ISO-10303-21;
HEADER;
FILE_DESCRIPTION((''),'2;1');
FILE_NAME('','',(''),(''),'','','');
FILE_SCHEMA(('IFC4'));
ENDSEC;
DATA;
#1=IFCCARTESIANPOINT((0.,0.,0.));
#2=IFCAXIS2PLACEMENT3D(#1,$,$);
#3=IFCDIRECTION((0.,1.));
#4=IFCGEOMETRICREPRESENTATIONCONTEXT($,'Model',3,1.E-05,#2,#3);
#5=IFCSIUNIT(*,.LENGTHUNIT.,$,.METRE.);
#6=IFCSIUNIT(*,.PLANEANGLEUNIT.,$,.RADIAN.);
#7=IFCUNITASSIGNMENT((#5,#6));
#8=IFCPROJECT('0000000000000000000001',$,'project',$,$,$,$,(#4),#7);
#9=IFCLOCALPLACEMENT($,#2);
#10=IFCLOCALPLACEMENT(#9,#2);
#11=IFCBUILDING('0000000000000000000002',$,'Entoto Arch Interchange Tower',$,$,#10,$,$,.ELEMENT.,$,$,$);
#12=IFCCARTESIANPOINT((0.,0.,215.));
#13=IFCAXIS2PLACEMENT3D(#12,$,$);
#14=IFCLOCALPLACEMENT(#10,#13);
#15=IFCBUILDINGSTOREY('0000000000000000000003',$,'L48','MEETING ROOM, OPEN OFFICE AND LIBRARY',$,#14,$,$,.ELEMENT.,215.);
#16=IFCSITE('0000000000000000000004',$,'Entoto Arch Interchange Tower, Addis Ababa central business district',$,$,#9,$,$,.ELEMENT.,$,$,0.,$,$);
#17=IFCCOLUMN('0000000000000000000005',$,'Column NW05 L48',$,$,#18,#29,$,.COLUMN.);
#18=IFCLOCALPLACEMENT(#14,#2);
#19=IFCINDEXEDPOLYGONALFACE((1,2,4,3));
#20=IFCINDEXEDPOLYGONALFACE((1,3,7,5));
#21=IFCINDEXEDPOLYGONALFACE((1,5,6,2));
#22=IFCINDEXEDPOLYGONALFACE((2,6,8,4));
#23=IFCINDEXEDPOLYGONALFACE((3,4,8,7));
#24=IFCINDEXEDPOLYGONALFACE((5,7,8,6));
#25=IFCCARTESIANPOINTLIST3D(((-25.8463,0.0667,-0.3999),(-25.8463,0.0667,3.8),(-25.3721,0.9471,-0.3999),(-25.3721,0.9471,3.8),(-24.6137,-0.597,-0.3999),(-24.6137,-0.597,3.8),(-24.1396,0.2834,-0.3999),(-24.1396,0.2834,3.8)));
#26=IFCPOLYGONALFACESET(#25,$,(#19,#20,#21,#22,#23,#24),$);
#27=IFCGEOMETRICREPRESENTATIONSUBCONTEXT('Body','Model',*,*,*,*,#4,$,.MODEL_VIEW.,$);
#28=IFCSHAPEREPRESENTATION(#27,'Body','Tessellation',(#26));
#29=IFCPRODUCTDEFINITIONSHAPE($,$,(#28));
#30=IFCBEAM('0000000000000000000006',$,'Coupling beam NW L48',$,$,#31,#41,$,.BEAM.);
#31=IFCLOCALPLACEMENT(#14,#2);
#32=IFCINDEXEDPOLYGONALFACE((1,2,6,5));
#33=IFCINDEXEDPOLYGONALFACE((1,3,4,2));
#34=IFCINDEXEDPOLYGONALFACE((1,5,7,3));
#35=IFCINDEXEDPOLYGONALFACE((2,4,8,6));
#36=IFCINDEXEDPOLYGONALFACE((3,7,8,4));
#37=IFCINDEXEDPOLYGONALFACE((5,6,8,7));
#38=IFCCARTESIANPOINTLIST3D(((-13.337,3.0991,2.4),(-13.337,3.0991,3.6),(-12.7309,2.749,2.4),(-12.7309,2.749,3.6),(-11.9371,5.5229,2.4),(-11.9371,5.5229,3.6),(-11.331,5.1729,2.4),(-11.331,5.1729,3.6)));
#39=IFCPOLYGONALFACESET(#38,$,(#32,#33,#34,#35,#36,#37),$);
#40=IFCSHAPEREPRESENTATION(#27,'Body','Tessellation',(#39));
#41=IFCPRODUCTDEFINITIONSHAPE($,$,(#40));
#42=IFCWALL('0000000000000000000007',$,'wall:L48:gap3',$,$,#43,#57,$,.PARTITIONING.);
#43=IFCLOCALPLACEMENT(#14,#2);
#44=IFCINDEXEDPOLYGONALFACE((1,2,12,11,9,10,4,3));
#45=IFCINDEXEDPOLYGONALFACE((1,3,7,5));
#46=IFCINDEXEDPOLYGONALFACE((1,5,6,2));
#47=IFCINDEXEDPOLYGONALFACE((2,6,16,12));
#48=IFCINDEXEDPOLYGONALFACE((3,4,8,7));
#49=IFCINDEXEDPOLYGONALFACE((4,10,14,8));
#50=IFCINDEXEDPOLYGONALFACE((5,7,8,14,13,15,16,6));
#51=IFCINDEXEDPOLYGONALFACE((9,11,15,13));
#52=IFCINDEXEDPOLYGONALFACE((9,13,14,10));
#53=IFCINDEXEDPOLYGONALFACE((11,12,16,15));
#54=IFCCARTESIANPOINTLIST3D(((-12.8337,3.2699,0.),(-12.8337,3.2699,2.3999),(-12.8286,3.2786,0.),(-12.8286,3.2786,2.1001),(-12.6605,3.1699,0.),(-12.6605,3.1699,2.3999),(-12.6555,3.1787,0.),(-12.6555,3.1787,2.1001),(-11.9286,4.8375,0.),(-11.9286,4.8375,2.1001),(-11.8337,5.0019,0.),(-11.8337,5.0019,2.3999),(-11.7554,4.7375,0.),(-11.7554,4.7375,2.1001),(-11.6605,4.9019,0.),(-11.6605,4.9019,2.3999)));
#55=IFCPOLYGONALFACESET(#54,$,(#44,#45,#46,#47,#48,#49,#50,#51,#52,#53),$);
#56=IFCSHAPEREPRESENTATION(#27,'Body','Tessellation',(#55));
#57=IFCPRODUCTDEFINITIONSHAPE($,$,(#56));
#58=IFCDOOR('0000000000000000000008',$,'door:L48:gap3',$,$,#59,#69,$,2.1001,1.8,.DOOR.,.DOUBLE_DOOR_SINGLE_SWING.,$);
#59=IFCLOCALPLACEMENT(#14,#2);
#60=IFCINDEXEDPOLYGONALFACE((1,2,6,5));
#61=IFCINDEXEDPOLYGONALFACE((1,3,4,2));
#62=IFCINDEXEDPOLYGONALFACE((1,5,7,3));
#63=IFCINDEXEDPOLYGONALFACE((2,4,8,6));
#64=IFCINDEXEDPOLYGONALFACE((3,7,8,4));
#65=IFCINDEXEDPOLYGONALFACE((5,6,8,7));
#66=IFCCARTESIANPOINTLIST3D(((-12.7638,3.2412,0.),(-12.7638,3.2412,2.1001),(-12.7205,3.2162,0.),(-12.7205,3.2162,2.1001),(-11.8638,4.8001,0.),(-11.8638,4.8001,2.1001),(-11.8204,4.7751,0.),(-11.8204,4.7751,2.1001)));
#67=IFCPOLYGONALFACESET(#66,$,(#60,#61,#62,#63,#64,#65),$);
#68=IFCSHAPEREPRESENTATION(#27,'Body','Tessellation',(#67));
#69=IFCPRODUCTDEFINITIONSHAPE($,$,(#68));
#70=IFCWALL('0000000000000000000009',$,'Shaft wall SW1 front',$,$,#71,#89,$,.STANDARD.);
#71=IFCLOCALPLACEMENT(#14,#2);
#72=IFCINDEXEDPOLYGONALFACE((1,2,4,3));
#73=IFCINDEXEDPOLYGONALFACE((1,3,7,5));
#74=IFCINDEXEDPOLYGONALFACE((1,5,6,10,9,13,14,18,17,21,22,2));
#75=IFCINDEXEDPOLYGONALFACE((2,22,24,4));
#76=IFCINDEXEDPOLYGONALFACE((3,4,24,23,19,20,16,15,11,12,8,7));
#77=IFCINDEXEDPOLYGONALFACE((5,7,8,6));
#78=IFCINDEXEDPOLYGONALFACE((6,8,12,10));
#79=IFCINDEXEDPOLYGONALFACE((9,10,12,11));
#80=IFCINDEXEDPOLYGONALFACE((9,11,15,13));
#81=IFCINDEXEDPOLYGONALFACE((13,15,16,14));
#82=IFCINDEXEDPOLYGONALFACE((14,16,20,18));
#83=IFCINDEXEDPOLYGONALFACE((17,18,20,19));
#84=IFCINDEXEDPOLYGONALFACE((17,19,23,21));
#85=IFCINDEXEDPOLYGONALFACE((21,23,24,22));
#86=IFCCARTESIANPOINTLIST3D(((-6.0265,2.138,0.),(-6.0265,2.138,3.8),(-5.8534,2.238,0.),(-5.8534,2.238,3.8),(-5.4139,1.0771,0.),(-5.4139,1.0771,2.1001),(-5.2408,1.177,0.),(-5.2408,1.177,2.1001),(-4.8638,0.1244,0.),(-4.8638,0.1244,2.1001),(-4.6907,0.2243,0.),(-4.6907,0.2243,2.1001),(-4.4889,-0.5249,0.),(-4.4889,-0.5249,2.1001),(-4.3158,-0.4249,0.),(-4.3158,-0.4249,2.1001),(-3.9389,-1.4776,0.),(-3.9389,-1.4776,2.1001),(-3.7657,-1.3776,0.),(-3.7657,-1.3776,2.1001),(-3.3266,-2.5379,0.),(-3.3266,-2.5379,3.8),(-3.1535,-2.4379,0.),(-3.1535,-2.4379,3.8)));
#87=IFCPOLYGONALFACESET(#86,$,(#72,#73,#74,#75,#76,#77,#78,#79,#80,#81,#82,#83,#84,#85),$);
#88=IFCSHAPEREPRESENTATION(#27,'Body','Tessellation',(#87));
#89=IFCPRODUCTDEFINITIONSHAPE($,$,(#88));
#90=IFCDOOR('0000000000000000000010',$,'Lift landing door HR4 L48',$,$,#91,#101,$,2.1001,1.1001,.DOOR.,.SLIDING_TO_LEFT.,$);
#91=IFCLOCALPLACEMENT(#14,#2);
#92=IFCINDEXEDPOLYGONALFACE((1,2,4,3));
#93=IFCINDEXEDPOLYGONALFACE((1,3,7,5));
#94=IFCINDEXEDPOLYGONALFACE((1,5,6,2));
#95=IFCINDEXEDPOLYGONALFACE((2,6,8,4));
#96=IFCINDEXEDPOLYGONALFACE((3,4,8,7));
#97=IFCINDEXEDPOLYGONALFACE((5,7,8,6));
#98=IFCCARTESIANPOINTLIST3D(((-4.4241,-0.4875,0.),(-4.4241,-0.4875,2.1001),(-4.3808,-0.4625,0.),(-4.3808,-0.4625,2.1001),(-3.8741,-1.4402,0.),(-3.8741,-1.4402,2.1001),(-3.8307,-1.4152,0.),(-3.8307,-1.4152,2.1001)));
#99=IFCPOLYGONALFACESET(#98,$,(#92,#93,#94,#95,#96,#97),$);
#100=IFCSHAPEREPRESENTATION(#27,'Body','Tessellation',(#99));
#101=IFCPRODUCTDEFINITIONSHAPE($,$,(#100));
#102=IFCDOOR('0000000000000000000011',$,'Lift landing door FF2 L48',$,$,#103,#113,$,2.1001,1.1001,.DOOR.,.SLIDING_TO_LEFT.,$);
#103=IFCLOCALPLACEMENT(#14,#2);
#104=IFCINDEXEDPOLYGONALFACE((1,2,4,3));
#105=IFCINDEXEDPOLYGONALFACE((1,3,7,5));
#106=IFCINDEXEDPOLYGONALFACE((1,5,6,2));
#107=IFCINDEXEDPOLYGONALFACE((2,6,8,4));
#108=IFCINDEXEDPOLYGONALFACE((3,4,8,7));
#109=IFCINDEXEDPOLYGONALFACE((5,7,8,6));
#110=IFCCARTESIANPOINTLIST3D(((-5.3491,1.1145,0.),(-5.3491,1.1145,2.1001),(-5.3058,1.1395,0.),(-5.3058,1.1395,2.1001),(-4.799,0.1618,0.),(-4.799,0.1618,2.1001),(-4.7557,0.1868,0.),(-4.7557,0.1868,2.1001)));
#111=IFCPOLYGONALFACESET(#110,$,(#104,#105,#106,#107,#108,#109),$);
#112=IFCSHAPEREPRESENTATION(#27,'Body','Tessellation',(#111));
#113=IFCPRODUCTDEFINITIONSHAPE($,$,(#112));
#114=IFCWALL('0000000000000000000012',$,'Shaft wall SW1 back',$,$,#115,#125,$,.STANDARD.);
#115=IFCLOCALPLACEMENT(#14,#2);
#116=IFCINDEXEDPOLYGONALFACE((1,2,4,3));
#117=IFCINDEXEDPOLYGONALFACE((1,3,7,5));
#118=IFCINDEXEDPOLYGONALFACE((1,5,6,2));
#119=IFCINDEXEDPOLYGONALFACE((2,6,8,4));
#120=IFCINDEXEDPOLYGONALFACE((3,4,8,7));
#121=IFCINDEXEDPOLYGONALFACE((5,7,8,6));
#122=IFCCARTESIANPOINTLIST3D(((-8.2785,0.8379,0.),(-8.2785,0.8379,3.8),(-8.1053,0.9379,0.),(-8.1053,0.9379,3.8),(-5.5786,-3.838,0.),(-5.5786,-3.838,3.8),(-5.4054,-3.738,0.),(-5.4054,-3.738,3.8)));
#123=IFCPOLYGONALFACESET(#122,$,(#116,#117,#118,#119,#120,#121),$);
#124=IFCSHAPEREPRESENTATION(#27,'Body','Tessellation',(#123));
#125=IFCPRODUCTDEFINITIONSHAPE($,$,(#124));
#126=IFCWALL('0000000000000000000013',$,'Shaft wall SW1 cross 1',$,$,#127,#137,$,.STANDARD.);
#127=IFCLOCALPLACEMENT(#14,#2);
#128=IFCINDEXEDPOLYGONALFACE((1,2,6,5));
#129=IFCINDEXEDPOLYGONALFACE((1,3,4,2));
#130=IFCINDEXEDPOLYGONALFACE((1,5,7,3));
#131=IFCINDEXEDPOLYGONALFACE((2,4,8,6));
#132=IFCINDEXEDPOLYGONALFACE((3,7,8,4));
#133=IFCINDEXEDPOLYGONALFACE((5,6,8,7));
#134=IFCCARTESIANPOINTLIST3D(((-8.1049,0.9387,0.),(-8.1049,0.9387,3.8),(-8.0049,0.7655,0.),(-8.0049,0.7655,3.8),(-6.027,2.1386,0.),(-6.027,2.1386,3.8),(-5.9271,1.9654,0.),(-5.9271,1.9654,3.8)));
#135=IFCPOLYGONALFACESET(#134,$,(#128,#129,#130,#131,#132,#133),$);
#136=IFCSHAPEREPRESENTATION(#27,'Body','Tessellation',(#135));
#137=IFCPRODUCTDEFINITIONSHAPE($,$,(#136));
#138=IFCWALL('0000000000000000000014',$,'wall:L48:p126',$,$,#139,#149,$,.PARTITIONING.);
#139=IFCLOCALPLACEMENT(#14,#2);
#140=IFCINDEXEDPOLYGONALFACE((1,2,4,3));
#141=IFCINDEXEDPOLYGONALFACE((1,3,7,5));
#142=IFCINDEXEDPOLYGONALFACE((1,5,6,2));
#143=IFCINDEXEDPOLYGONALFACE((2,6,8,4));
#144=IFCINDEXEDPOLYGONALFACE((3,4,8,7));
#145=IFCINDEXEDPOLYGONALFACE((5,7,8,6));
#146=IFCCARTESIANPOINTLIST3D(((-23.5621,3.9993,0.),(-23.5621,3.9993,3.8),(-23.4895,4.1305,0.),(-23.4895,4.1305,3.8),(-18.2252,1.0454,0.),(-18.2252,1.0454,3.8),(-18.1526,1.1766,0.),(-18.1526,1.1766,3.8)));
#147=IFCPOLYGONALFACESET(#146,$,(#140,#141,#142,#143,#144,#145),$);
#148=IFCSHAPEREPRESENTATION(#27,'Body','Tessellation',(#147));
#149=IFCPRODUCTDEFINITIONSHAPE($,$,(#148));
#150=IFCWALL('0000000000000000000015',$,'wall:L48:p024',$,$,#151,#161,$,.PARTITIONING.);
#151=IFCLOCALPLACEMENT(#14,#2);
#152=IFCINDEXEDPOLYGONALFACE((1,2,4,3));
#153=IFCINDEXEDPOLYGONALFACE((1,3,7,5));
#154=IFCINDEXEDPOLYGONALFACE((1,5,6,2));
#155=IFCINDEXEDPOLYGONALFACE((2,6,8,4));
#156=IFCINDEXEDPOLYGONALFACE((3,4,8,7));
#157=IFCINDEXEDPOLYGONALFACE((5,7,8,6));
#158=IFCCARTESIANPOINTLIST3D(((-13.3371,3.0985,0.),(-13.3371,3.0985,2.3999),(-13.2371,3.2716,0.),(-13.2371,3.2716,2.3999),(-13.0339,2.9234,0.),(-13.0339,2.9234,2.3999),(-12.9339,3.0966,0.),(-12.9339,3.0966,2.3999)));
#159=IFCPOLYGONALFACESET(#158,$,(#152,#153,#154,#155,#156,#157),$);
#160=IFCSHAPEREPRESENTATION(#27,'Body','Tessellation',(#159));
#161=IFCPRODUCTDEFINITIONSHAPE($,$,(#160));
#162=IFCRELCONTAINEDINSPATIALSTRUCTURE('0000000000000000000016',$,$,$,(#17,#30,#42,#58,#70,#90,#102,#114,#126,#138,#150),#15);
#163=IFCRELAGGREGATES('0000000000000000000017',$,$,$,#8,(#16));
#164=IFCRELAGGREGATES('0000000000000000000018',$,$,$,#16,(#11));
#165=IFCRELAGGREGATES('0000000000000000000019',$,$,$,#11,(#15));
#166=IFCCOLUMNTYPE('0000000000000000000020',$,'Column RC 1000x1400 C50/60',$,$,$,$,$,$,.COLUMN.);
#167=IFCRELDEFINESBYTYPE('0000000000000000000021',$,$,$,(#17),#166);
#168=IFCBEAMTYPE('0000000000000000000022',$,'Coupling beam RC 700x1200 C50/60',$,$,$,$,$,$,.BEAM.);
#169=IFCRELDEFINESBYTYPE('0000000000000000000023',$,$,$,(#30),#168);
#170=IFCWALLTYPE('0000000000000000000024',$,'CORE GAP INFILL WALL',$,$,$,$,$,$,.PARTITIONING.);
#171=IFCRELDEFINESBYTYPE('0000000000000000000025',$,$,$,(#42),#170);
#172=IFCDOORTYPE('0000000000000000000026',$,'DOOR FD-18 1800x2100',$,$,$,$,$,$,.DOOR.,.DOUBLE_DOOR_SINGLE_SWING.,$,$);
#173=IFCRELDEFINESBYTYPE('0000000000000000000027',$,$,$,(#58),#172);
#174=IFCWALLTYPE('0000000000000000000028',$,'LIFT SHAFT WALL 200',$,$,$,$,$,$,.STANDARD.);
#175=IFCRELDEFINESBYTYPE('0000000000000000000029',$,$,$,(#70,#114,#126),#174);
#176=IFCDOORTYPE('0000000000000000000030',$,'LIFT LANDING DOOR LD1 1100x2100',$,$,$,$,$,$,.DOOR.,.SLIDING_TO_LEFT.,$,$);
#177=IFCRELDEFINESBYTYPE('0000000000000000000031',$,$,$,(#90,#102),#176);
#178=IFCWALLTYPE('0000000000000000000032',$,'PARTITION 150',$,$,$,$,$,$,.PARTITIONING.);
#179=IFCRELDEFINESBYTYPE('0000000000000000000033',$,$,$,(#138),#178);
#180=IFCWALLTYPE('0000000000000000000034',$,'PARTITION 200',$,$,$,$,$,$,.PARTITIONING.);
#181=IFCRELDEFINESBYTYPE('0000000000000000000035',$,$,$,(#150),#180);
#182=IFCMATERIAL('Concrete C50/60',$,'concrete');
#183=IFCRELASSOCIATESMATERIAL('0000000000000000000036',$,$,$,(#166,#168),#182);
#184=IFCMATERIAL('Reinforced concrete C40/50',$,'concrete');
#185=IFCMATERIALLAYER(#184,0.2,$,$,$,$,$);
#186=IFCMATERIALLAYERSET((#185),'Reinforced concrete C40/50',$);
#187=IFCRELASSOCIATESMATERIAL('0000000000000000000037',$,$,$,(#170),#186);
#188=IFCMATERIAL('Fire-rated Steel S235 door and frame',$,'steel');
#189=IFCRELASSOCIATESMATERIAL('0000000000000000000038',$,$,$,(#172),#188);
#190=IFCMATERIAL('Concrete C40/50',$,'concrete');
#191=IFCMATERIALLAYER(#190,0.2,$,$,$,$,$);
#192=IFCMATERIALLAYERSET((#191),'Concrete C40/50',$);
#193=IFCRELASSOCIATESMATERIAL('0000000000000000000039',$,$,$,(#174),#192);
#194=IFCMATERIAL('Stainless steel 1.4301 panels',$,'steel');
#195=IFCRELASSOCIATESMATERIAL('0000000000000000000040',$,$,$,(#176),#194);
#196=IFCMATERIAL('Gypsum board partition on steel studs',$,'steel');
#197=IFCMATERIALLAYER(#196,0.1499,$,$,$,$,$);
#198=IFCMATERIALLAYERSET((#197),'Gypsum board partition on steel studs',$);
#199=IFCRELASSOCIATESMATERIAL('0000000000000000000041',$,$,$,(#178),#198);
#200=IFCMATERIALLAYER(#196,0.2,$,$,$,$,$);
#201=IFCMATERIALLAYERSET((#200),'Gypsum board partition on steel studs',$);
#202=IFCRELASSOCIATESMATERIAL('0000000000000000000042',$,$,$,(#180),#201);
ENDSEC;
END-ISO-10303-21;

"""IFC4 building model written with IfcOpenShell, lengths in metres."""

from ifc_helpers import new_model, si_unit, direction, frame, frame_2d, origin, origin_2d, place, context, subcontext, project, spatial, rectangle, extrude, material, layer, layer_set, material_profile, profile_set, type_object, element, fill, save


model = new_model("IFC4")

# Units and contexts
model_context = context("Model", 3, precision=1e-05, world=origin(), true_north=direction((0.0, 1.0)))
body_context = subcontext(model_context, "Body", "Model", "MODEL_VIEW")
ifc_project = project(units=[si_unit("LENGTHUNIT", "METRE"), si_unit("PLANEANGLEUNIT", "RADIAN")], contexts=[model_context])

# Site, building, storey
site_placement = place(None, origin())
site = spatial("IfcSite", under=ifc_project, at=site_placement, Name="Entoto Arch Interchange Tower, Addis Ababa central business district", CompositionType="ELEMENT", RefElevation=0.0)
building_placement = place(site_placement, origin())
building = spatial("IfcBuilding", under=site, at=building_placement, Name="Entoto Arch Interchange Tower", CompositionType="ELEMENT")
storey_placement = place(building_placement, frame((0.0, 0.0, 215.0)))
storey = spatial("IfcBuildingStorey", under=building, at=storey_placement, Name="L48", Description="MEETING ROOM, OPEN OFFICE AND LIBRARY", CompositionType="ELEMENT", Elevation=215.0)

# Column
ifc_material_1 = material(Name="Concrete C50/60", Category="concrete")
ifc_material_profile_1 = material_profile(ifc_material_1, rectangle(XDim=1.0, YDim=1.3999, at=origin_2d()))
ifc_profile_set_1 = profile_set([ifc_material_profile_1], Name="Concrete C50/60")
column_type = type_object("IfcColumnType", Name="Column RC 1000x1400 C50/60", PredefinedType="COLUMN", material=ifc_profile_set_1)
column_placement = place(storey_placement, frame((-24.9929, 0.175, -0.3999), z_axis=(0.0, 0.0, 1.0), x_axis=(0.474134, 0.880453, 0.0)))
element("IfcColumn", 1, at=column_placement, inside=storey, type_object=column_type, Name="Column NW05 L48", PredefinedType="COLUMN", context=body_context, shape_type="SweptSolid", body=[
    extrude(rectangle(XDim=1.0, YDim=1.3999, at=origin_2d()), origin(), (0.0, 0.0, 1.0), 4.2),
])

# Beam
ifc_material_profile_2 = material_profile(ifc_material_1, rectangle(XDim=0.7, YDim=1.2, at=origin_2d()))
ifc_profile_set_2 = profile_set([ifc_material_profile_2], Name="Concrete C50/60")
beam_type = type_object("IfcBeamType", Name="Coupling beam RC 700x1200 C50/60", PredefinedType="BEAM", material=ifc_profile_set_2)
beam_placement = place(storey_placement, frame((-11.634, 5.3479, 3.0), z_axis=(-0.500135, -0.865947, 0.0), x_axis=(0.865947, -0.500135, 0.0)))
element("IfcBeam", 2, at=beam_placement, inside=storey, type_object=beam_type, Name="Coupling beam NW L48", PredefinedType="BEAM", context=body_context, shape_type="SweptSolid", body=[
    extrude(rectangle(XDim=0.7, YDim=1.2, at=origin_2d()), origin(), (0.0, 0.0, 1.0), 2.7991),
])

# Wall, opening, door
ifc_material_2 = material(Name="Reinforced concrete C40/50", Category="concrete")
ifc_layer_1 = layer(ifc_material_2, 0.2)
ifc_layer_set_1 = layer_set([ifc_layer_1], Name="Reinforced concrete C40/50")
wall_type_1 = type_object("IfcWallType", Name="CORE GAP INFILL WALL", PredefinedType="PARTITIONING", material=ifc_layer_set_1)
wall_1_placement = place(storey_placement, frame((-11.7471, 4.9519, 0.0), z_axis=(0.0, 0.0, 1.0), x_axis=(-0.500025, -0.866011, 0.0)))
wall_1 = element("IfcWall", 3, at=wall_1_placement, inside=storey, type_object=wall_type_1, Name="wall:L48:gap3", PredefinedType="PARTITIONING", context=body_context, shape_type="SweptSolid", body=[
    extrude(rectangle(XDim=2.0, YDim=0.2, at=frame_2d((1.0, 0.0))), origin(), (0.0, 0.0, 1.0), 2.3999),
])
opening_1_placement = place(wall_1_placement, frame((0.1899, 0.0, 0.0)))
opening_1 = element("IfcOpeningElement", 4, at=opening_1_placement, cuts=wall_1, PredefinedType="OPENING", context=body_context, shape_type="SweptSolid", body=[
    extrude(rectangle(XDim=1.8, YDim=2.1001, at=frame_2d((0.8999, 1.05))), frame((0.0, 0.1099, 0.0), z_axis=(0.0, -1.0, 0.0), x_axis=(1.0, 0.0, 0.0)), (0.0, 0.0, 1.0), 0.22),
])
ifc_material_3 = material(Name="Fire-rated Steel S235 door and frame", Category="steel")
door_type_1 = type_object("IfcDoorType", Name="DOOR FD-18 1800x2100", OperationType="DOUBLE_DOOR_SINGLE_SWING", PredefinedType="DOOR", material=ifc_material_3)
door_1_placement = place(opening_1_placement, origin())
door_1 = element("IfcDoor", 5, at=door_1_placement, inside=storey, type_object=door_type_1, Name="door:L48:gap3", OperationType="DOUBLE_DOOR_SINGLE_SWING", OverallHeight=2.1001, OverallWidth=1.8, PredefinedType="DOOR", context=body_context, shape_type="SweptSolid", body=[
    extrude(rectangle(XDim=1.8, YDim=2.1001, at=frame_2d((0.8999, 1.05))), frame((0.0, 0.0249, 0.0), z_axis=(0.0, -1.0, 0.0), x_axis=(1.0, 0.0, 0.0)), (0.0, 0.0, 1.0), 0.05),
])
fill(opening_1, door_1)

# Wall, openings, doors
ifc_material_4 = material(Name="Concrete C40/50", Category="concrete")
ifc_layer_2 = layer(ifc_material_4, 0.2)
ifc_layer_set_2 = layer_set([ifc_layer_2], Name="Concrete C40/50")
wall_type_2 = type_object("IfcWallType", Name="LIFT SHAFT WALL 200", PredefinedType="STANDARD", material=ifc_layer_set_2)
wall_2_placement = place(storey_placement, frame((-5.9399, 2.188, 0.0), z_axis=(0.0, 0.0, 1.0), x_axis=(0.500034, -0.866006, 0.0)))
wall_2 = element("IfcWall", 6, at=wall_2_placement, inside=storey, type_object=wall_type_2, Name="Shaft wall SW1 front", PredefinedType="STANDARD", context=body_context, shape_type="SweptSolid", body=[
    extrude(rectangle(XDim=5.3994, YDim=0.2, at=frame_2d((2.6997, 0.0))), origin(), (0.0, 0.0, 1.0), 3.8),
])
opening_2_placement = place(wall_2_placement, frame((3.075, 0.0, 0.0)))
opening_2 = element("IfcOpeningElement", 7, at=opening_2_placement, cuts=wall_2, PredefinedType="OPENING", context=body_context, shape_type="SweptSolid", body=[
    extrude(rectangle(XDim=1.1001, YDim=2.1001, at=frame_2d((0.55, 1.05))), frame((0.0, 0.1099, 0.0), z_axis=(0.0, -1.0, 0.0), x_axis=(1.0, 0.0, 0.0)), (0.0, 0.0, 1.0), 0.22),
])
opening_3_placement = place(wall_2_placement, frame((1.2251, 0.0, 0.0)))
opening_3 = element("IfcOpeningElement", 8, at=opening_3_placement, cuts=wall_2, PredefinedType="OPENING", context=body_context, shape_type="SweptSolid", body=[
    extrude(rectangle(XDim=1.1001, YDim=2.1001, at=frame_2d((0.55, 1.05))), frame((0.0, 0.1099, 0.0), z_axis=(0.0, -1.0, 0.0), x_axis=(1.0, 0.0, 0.0)), (0.0, 0.0, 1.0), 0.22),
])
ifc_material_5 = material(Name="Stainless steel 1.4301 panels", Category="steel")
door_type_2 = type_object("IfcDoorType", Name="LIFT LANDING DOOR LD1 1100x2100", OperationType="SLIDING_TO_LEFT", PredefinedType="DOOR", material=ifc_material_5)
door_2_placement = place(opening_2_placement, origin())
door_2 = element("IfcDoor", 9, at=door_2_placement, inside=storey, type_object=door_type_2, Name="Lift landing door HR4 L48", OperationType="SLIDING_TO_LEFT", OverallHeight=2.1001, OverallWidth=1.1001, PredefinedType="DOOR", context=body_context, shape_type="SweptSolid", body=[
    extrude(rectangle(XDim=1.1001, YDim=2.1001, at=frame_2d((0.55, 1.05))), frame((0.0, 0.0249, 0.0), z_axis=(0.0, -1.0, 0.0), x_axis=(1.0, 0.0, 0.0)), (0.0, 0.0, 1.0), 0.05),
])
fill(opening_2, door_2)
door_3_placement = place(opening_3_placement, origin())
door_3 = element("IfcDoor", 10, at=door_3_placement, inside=storey, type_object=door_type_2, Name="Lift landing door FF2 L48", OperationType="SLIDING_TO_LEFT", OverallHeight=2.1001, OverallWidth=1.1001, PredefinedType="DOOR", context=body_context, shape_type="SweptSolid", body=[
    extrude(rectangle(XDim=1.1001, YDim=2.1001, at=frame_2d((0.55, 1.05))), frame((0.0, 0.0249, 0.0), z_axis=(0.0, -1.0, 0.0), x_axis=(1.0, 0.0, 0.0)), (0.0, 0.0, 1.0), 0.05),
])
fill(opening_3, door_3)

# Walls
wall_3_placement = place(storey_placement, frame((-8.1919, 0.8879, 0.0), z_axis=(0.0, 0.0, 1.0), x_axis=(0.500034, -0.866006, 0.0)))
element("IfcWall", 11, at=wall_3_placement, inside=storey, type_object=wall_type_2, Name="Shaft wall SW1 back", PredefinedType="STANDARD", context=body_context, shape_type="SweptSolid", body=[
    extrude(rectangle(XDim=5.3994, YDim=0.2, at=frame_2d((2.6997, 0.0))), origin(), (0.0, 0.0, 1.0), 3.8),
])
wall_4_placement = place(storey_placement, frame((-5.9771, 2.052, 0.0), z_axis=(0.0, 0.0, 1.0), x_axis=(-0.865974, -0.500089, 0.0)))
element("IfcWall", 12, at=wall_4_placement, inside=storey, type_object=wall_type_2, Name="Shaft wall SW1 cross 1", PredefinedType="STANDARD", context=body_context, shape_type="SweptSolid", body=[
    extrude(rectangle(XDim=2.3994, YDim=0.2, at=frame_2d((1.1997, 0.0))), origin(), (0.0, 0.0, 1.0), 3.8),
])
ifc_material_6 = material(Name="Gypsum board partition on steel studs", Category="steel")
ifc_layer_3 = layer(ifc_material_6, 0.1499)
ifc_layer_set_3 = layer_set([ifc_layer_3], Name="Gypsum board partition on steel studs")
wall_type_3 = type_object("IfcWallType", Name="PARTITION 150", PredefinedType="PARTITIONING", material=ifc_layer_set_3)
wall_5_placement = place(storey_placement, frame((-18.189, 1.1111, 0.0), z_axis=(0.0, 0.0, 1.0), x_axis=(-0.874928, 0.484252, 0.0)))
element("IfcWall", 13, at=wall_5_placement, inside=storey, type_object=wall_type_3, Name="wall:L48:p126", PredefinedType="PARTITIONING", context=body_context, shape_type="SweptSolid", body=[
    extrude(rectangle(XDim=6.0999, YDim=0.1499, at=frame_2d((3.0498, 0.0))), origin(), (0.0, 0.0, 1.0), 3.8),
])
ifc_layer_4 = layer(ifc_material_6, 0.2)
ifc_layer_set_4 = layer_set([ifc_layer_4], Name="Gypsum board partition on steel studs")
wall_type_4 = type_object("IfcWallType", Name="PARTITION 200", PredefinedType="PARTITIONING", material=ifc_layer_set_4)
wall_6_placement = place(storey_placement, frame((-12.9839, 3.01, 0.0), z_axis=(0.0, 0.0, 1.0), x_axis=(-0.866046, 0.499964, 0.0)))
element("IfcWall", 14, at=wall_6_placement, inside=storey, type_object=wall_type_4, Name="wall:L48:p024", PredefinedType="PARTITIONING", context=body_context, shape_type="SweptSolid", body=[
    extrude(rectangle(XDim=0.3501, YDim=0.2, at=frame_2d((0.175, 0.0))), origin(), (0.0, 0.0, 1.0), 2.3999),
])

save(model, "model.ifc")
